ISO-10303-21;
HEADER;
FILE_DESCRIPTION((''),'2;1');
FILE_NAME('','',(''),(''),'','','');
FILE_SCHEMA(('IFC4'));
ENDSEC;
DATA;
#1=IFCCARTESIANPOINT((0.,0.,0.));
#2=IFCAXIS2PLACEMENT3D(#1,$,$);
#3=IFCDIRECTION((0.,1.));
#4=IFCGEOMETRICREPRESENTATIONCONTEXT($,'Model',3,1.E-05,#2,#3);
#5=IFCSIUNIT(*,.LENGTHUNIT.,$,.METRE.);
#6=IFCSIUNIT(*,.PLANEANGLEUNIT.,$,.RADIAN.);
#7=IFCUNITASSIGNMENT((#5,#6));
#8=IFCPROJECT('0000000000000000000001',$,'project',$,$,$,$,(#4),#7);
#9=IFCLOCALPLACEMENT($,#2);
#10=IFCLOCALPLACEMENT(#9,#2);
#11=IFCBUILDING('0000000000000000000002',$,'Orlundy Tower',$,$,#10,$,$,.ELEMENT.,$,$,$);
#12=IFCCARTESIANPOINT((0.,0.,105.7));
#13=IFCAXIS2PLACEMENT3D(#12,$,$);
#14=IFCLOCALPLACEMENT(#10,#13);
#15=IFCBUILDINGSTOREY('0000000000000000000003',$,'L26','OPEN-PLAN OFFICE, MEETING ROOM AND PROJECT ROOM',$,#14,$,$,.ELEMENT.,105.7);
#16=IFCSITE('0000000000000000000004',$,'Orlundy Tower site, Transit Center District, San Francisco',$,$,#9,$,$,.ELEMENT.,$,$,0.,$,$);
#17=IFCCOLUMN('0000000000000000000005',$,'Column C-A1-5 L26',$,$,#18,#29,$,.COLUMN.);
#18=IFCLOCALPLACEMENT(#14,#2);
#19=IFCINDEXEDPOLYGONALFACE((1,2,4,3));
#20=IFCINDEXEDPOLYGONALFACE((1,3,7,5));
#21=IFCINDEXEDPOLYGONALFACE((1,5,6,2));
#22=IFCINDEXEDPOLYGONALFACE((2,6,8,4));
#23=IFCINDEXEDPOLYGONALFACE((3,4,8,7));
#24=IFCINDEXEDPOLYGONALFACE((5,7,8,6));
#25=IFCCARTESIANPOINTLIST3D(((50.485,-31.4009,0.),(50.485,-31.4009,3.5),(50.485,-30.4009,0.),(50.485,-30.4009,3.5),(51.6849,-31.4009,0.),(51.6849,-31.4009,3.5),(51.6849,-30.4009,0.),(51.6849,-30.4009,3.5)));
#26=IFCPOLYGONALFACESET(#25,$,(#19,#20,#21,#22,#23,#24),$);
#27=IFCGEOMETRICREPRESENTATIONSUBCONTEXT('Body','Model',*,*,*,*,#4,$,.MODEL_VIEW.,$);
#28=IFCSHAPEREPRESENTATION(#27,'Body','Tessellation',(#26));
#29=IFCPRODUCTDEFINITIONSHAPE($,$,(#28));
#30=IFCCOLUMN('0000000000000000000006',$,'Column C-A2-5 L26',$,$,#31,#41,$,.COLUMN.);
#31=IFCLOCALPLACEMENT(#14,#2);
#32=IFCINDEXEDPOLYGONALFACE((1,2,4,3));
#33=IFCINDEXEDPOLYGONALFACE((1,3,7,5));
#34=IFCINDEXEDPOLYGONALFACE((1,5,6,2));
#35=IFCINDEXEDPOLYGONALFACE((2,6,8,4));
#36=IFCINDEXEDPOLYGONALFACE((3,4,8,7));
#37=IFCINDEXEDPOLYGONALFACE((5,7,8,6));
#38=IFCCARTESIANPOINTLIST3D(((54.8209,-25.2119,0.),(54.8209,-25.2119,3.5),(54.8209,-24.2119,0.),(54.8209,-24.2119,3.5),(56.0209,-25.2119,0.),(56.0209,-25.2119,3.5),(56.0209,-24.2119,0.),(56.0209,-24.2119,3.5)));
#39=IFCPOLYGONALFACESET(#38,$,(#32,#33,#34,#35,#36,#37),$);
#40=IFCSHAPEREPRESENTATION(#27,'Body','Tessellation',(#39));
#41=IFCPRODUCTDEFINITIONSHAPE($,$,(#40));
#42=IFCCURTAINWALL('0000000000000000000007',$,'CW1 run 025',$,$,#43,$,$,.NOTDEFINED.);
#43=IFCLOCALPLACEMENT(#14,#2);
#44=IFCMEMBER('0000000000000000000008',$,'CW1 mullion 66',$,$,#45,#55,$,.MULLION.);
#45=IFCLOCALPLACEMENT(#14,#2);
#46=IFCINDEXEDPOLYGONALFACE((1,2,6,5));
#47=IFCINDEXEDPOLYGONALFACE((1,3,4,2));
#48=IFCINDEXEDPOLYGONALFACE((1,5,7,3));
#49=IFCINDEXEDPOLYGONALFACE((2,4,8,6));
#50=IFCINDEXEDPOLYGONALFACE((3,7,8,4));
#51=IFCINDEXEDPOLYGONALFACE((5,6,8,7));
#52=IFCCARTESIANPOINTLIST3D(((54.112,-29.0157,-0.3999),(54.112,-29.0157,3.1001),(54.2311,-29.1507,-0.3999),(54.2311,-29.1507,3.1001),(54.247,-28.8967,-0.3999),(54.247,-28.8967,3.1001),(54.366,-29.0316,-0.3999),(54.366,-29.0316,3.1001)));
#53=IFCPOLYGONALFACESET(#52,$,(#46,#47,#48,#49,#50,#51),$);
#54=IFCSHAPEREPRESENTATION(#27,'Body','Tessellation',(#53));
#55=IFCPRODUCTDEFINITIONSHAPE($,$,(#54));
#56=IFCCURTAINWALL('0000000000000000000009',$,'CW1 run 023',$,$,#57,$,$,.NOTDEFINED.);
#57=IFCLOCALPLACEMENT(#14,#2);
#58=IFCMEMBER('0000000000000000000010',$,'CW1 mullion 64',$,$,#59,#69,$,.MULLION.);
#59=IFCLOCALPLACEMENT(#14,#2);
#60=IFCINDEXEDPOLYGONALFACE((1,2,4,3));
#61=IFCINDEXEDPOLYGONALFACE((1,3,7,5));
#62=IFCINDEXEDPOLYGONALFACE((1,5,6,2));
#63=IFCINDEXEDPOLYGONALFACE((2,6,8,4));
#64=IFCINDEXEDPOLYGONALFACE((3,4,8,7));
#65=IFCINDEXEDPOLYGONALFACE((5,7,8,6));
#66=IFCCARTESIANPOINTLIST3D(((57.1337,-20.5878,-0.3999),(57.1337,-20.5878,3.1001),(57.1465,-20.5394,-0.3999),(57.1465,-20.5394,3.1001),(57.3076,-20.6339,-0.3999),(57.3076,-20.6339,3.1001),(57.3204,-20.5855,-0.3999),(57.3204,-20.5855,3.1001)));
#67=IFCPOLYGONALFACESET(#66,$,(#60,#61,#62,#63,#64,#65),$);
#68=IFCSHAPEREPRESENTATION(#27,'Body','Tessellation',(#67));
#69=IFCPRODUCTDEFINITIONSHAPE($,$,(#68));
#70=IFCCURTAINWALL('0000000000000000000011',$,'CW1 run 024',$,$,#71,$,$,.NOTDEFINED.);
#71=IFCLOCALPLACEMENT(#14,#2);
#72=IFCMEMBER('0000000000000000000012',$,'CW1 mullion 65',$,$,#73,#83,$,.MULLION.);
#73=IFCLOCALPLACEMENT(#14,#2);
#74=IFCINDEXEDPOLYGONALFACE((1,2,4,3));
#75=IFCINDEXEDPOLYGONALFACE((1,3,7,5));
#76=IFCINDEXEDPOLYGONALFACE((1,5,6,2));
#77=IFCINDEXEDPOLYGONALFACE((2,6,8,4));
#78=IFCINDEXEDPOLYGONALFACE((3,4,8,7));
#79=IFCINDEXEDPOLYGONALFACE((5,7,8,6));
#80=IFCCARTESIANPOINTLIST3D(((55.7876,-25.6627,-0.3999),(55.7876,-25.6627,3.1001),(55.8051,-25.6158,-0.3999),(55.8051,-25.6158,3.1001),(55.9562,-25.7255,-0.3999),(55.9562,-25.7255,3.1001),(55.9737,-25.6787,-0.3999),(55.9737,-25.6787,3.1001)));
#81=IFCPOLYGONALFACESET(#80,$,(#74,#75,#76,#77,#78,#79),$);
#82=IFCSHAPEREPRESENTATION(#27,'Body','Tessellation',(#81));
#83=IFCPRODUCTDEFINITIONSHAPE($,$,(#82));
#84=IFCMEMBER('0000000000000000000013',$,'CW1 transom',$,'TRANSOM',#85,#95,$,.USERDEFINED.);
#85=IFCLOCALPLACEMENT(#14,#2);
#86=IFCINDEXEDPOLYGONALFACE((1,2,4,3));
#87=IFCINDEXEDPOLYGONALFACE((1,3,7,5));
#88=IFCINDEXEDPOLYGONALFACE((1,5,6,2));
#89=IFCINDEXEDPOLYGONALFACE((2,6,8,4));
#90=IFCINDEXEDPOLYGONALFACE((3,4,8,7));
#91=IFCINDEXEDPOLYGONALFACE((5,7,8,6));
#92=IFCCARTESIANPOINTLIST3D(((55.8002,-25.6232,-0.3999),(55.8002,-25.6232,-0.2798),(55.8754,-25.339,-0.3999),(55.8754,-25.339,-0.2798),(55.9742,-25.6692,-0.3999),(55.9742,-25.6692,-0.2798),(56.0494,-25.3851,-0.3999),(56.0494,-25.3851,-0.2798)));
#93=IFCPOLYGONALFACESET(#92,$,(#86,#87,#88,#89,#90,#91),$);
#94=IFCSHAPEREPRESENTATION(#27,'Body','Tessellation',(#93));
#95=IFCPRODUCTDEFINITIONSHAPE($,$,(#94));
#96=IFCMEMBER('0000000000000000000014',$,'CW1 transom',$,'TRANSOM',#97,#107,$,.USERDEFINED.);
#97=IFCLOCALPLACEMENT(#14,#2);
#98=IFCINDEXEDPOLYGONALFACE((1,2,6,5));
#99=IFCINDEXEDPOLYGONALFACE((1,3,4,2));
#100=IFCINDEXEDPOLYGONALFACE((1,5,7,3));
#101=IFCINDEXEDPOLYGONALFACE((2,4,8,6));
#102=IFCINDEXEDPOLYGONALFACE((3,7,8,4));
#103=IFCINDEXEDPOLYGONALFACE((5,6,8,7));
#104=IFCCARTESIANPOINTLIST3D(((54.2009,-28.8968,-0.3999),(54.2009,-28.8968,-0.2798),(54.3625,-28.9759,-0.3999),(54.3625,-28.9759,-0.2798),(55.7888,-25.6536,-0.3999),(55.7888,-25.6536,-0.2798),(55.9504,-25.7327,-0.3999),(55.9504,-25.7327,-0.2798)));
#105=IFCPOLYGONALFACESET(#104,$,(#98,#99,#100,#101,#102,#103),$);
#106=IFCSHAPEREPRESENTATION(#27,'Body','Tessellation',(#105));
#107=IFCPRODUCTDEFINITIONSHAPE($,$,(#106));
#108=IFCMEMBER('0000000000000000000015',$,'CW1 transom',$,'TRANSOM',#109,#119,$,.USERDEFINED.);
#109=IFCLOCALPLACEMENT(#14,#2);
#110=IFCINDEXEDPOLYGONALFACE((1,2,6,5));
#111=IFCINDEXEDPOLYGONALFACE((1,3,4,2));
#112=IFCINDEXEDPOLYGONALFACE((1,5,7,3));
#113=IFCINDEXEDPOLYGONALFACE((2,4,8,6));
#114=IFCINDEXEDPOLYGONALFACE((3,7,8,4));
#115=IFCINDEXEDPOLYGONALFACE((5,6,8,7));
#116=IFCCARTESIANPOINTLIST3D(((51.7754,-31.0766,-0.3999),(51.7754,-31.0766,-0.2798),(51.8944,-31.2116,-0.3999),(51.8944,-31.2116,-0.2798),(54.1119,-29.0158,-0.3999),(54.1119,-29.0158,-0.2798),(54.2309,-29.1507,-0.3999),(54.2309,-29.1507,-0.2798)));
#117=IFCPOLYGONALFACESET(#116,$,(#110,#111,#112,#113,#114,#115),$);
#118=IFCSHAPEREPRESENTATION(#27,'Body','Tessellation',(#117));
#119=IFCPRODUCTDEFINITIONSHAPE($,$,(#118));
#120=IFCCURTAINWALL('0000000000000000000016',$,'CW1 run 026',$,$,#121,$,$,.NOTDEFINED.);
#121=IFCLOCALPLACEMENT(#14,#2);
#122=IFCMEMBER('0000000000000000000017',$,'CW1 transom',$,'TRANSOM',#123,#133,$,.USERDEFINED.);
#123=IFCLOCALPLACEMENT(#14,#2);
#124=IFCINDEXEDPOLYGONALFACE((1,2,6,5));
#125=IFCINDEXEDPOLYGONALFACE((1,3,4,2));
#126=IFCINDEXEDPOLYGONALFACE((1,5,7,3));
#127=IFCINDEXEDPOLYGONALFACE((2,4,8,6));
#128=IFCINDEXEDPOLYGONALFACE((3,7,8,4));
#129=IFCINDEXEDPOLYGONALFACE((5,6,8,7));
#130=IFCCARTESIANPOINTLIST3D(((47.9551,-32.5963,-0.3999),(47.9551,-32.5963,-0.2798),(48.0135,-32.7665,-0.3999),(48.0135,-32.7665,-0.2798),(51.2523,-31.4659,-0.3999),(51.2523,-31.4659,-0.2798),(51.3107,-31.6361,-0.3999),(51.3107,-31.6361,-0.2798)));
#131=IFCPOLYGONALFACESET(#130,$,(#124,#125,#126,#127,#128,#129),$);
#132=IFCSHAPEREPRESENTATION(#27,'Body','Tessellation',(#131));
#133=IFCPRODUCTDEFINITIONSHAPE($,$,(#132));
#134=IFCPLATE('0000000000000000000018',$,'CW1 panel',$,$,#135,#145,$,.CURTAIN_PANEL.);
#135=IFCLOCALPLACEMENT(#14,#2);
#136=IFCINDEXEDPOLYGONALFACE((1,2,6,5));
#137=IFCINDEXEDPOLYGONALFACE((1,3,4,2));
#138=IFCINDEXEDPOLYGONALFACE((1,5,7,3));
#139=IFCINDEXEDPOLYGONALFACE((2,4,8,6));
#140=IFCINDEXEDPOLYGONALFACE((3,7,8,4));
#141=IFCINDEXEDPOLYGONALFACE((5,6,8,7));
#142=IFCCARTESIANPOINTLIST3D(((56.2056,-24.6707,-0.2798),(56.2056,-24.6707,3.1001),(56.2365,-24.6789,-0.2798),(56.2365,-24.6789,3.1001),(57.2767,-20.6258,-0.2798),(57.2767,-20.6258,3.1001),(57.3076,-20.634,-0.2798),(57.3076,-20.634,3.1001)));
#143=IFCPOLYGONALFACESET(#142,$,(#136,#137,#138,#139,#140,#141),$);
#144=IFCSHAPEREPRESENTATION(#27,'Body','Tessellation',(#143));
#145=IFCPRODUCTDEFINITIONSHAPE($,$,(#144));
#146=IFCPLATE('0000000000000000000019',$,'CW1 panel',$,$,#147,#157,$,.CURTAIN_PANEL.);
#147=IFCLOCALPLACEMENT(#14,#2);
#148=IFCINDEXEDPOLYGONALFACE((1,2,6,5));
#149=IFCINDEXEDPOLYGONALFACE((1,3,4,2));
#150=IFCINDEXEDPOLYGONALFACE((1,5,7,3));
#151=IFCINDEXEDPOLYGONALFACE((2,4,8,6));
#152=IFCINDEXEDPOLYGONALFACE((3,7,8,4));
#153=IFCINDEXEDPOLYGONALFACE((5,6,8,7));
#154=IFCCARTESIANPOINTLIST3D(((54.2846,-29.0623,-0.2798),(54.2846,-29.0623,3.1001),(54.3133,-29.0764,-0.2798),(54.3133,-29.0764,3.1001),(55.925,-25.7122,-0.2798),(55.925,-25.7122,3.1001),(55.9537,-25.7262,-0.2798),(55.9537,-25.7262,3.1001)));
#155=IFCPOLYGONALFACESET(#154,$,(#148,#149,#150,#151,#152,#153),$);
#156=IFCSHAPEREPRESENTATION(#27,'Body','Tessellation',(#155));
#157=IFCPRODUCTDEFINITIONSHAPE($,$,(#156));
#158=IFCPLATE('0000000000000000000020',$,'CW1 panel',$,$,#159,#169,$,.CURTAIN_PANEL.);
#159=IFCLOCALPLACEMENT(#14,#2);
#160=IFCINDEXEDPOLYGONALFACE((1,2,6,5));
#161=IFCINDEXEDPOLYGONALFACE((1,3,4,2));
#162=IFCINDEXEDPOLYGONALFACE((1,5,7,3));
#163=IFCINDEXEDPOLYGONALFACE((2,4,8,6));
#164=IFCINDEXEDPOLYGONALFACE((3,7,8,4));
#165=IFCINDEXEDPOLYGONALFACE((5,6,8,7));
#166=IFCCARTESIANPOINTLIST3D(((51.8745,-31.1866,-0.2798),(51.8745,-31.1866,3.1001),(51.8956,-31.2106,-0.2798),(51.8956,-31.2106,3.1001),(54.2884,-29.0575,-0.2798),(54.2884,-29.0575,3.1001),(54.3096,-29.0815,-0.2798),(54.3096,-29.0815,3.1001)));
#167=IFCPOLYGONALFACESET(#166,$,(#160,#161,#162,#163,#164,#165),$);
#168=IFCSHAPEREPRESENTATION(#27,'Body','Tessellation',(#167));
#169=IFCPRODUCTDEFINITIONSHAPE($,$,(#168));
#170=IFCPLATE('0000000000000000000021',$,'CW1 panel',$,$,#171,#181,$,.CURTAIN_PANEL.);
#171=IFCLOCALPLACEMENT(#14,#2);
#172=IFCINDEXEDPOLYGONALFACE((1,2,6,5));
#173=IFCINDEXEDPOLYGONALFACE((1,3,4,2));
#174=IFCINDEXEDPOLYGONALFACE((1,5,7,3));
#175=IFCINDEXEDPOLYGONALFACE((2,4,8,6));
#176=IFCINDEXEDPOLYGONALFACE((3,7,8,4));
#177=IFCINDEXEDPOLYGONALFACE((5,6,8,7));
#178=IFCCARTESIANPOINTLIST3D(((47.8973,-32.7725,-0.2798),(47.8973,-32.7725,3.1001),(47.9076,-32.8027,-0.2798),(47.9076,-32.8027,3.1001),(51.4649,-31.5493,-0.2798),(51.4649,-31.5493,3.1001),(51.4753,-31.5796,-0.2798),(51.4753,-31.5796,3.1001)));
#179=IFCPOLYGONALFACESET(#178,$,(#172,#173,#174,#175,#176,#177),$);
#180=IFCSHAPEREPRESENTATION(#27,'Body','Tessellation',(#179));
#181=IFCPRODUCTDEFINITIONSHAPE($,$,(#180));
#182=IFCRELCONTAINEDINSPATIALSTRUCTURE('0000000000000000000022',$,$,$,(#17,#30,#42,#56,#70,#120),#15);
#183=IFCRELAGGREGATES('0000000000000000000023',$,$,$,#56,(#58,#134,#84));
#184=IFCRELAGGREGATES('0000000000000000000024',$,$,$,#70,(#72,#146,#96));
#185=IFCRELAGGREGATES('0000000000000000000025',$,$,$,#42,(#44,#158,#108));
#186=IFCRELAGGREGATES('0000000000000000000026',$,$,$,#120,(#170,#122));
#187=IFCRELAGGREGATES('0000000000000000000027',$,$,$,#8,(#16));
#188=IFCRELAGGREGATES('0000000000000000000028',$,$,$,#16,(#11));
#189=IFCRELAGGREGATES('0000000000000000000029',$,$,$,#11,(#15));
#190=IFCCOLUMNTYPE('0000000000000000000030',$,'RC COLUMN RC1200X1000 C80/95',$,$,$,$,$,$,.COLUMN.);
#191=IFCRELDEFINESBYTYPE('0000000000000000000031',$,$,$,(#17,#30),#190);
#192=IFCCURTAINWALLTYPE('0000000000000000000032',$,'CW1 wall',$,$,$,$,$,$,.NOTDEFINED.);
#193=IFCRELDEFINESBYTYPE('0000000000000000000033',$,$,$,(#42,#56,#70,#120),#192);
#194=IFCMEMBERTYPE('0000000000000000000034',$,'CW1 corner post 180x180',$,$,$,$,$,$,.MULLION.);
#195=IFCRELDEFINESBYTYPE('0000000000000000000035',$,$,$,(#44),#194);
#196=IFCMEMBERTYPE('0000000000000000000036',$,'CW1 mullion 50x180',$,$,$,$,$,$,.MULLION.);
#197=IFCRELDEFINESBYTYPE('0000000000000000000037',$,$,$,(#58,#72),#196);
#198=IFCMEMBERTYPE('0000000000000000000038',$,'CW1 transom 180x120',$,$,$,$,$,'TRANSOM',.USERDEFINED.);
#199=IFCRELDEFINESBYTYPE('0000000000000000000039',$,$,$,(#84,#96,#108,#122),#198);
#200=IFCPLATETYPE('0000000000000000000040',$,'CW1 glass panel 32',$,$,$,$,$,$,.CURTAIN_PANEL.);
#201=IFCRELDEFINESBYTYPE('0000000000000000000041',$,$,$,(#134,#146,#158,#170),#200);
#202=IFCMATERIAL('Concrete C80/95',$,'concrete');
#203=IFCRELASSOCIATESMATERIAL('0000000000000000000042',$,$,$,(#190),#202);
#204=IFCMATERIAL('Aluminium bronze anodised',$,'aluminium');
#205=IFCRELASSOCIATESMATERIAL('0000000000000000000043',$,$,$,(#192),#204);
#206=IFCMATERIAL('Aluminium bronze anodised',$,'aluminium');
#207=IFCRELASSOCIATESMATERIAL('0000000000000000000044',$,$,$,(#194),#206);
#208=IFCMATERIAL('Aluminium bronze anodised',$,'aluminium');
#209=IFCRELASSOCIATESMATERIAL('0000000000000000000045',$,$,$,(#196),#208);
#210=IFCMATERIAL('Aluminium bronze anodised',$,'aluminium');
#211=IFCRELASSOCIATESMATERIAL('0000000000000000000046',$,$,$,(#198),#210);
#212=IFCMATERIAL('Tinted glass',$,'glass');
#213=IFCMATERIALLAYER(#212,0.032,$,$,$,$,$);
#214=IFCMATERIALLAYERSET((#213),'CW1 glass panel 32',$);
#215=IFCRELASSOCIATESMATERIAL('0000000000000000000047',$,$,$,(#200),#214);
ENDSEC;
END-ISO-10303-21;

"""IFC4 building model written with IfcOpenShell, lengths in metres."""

from ifc_helpers import new_model, si_unit, direction, frame, origin, origin_2d, place, context, subcontext, project, spatial, rectangle, extrude, material, layer, layer_set, material_profile, profile_set, type_object, element, aggregate, save


model = new_model("IFC4")

# Units and contexts
model_context = context("Model", 3, precision=1e-05, world=origin(), true_north=direction((0.0, 1.0)))
body_context = subcontext(model_context, "Body", "Model", "MODEL_VIEW")
ifc_project = project(units=[si_unit("LENGTHUNIT", "METRE"), si_unit("PLANEANGLEUNIT", "RADIAN")], contexts=[model_context])

# Site, building, storey
site_placement = place(None, origin())
site = spatial("IfcSite", under=ifc_project, at=site_placement, Name="Orlundy Tower site, Transit Center District, San Francisco", CompositionType="ELEMENT", RefElevation=0.0)
building_placement = place(site_placement, origin())
building = spatial("IfcBuilding", under=site, at=building_placement, Name="Orlundy Tower", CompositionType="ELEMENT")
storey_placement = place(building_placement, frame((0.0, 0.0, 105.7)))
storey = spatial("IfcBuildingStorey", under=building, at=storey_placement, Name="L26", Description="OPEN-PLAN OFFICE, MEETING ROOM AND PROJECT ROOM", CompositionType="ELEMENT", Elevation=105.7)

# Columns
ifc_material_1 = material(Name="Concrete C80/95", Category="concrete")
ifc_material_profile_1 = material_profile(ifc_material_1, rectangle(XDim=1.2, YDim=1.0, at=origin_2d()), Name="RC1200X1000")
ifc_profile_set_1 = profile_set([ifc_material_profile_1], Name="Concrete C80/95")
column_type = type_object("IfcColumnType", Name="RC COLUMN RC1200X1000 C80/95", PredefinedType="COLUMN", material=ifc_profile_set_1)
for number, where, z_axis, x_axis, name in (
    (1, (51.085, -30.9009, 0.0), (0.0, 0.0, 1.0), (1.0, 0.0, 0.0), "Column C-A1-5 L26"),
    (2, (55.4209, -24.7119, 0.0), (0.0, 0.0, 1.0), (1.0, 0.0, 0.0), "Column C-A2-5 L26"),
):
    element("IfcColumn", number, at=place(storey_placement, frame(where, z_axis=z_axis, x_axis=x_axis)), inside=storey, type_object=column_type, Name=name, PredefinedType="COLUMN", context=body_context, shape_type="SweptSolid", body=[
        extrude(rectangle(XDim=1.2, YDim=1.0, at=origin_2d()), origin(), (0.0, 0.0, 1.0), 3.5),
    ])

# Curtain walls, members
ifc_material_2 = material(Name="Aluminium bronze anodised", Category="aluminium")
curtain_wall_type = type_object("IfcCurtainWallType", Name="CW1 wall", PredefinedType="NOTDEFINED", material=ifc_material_2)
curtain_wall_1_placement = place(storey_placement, origin())
curtain_wall_1 = element("IfcCurtainWall", 3, at=curtain_wall_1_placement, inside=storey, type_object=curtain_wall_type, Name="CW1 run 025", PredefinedType="NOTDEFINED")
ifc_material_3 = material(Name="Aluminium bronze anodised", Category="aluminium")
ifc_material_profile_2 = material_profile(ifc_material_3, rectangle(XDim=0.1799, YDim=0.1799, at=origin_2d()), Name="CW1 corner post 180x180")
ifc_profile_set_2 = profile_set([ifc_material_profile_2], Name="Aluminium bronze anodised")
member_type_1 = type_object("IfcMemberType", Name="CW1 corner post 180x180", PredefinedType="MULLION", material=ifc_profile_set_2)
member_1_placement = place(storey_placement, frame((54.239, -29.0237, -0.3999), z_axis=(0.0, 0.0, 1.0), x_axis=(0.661479, -0.749964, 0.0)))
member_1 = element("IfcMember", 4, at=member_1_placement, type_object=member_type_1, Name="CW1 mullion 66", PredefinedType="MULLION", context=body_context, shape_type="SweptSolid", body=[
    extrude(rectangle(XDim=0.1799, YDim=0.1799, at=origin_2d()), origin(), (0.0, 0.0, 1.0), 3.5),
])
curtain_wall_2_placement = place(storey_placement, origin())
curtain_wall_2 = element("IfcCurtainWall", 5, at=curtain_wall_2_placement, inside=storey, type_object=curtain_wall_type, Name="CW1 run 023", PredefinedType="NOTDEFINED")
ifc_material_4 = material(Name="Aluminium bronze anodised", Category="aluminium")
ifc_material_profile_3 = material_profile(ifc_material_4, rectangle(XDim=0.1799, YDim=0.05, at=origin_2d()), Name="CW1 mullion 50x180")
ifc_profile_set_3 = profile_set([ifc_material_profile_3], Name="Aluminium bronze anodised")
member_type_2 = type_object("IfcMemberType", Name="CW1 mullion 50x180", PredefinedType="MULLION", material=ifc_profile_set_3)
member_2_placement = place(storey_placement, frame((57.2271, -20.5867, -0.3999), z_axis=(0.0, 0.0, 1.0), x_axis=(0.966679, -0.255991, 0.0)))
member_2 = element("IfcMember", 6, at=member_2_placement, type_object=member_type_2, Name="CW1 mullion 64", PredefinedType="MULLION", context=body_context, shape_type="SweptSolid", body=[
    extrude(rectangle(XDim=0.1799, YDim=0.05, at=origin_2d()), origin(), (0.0, 0.0, 1.0), 3.5),
])
curtain_wall_3_placement = place(storey_placement, origin())
curtain_wall_3 = element("IfcCurtainWall", 7, at=curtain_wall_3_placement, inside=storey, type_object=curtain_wall_type, Name="CW1 run 024", PredefinedType="NOTDEFINED")
member_3_placement = place(storey_placement, frame((55.8806, -25.6707, -0.3999), z_axis=(0.0, 0.0, 1.0), x_axis=(0.936915, -0.349556, 0.0)))
member_3 = element("IfcMember", 8, at=member_3_placement, type_object=member_type_2, Name="CW1 mullion 65", PredefinedType="MULLION", context=body_context, shape_type="SweptSolid", body=[
    extrude(rectangle(XDim=0.1799, YDim=0.05, at=origin_2d()), origin(), (0.0, 0.0, 1.0), 3.5),
])

# Members
ifc_material_5 = material(Name="Aluminium bronze anodised", Category="aluminium")
ifc_material_profile_4 = material_profile(ifc_material_5, rectangle(XDim=0.1799, YDim=0.1201, at=origin_2d()), Name="CW1 transom 180x120")
ifc_profile_set_4 = profile_set([ifc_material_profile_4], Name="Aluminium bronze anodised")
member_type_3 = type_object("IfcMemberType", Name="CW1 transom 180x120", ElementType="TRANSOM", PredefinedType="USERDEFINED", material=ifc_profile_set_4)
member_4_placement = place(storey_placement, frame((55.9624, -25.3621, -0.3398), z_axis=(-0.255801, -0.966729, 0.0), x_axis=(0.966729, -0.255801, 0.0)))
member_4 = element("IfcMember", 9, at=member_4_placement, type_object=member_type_3, Name="CW1 transom", ObjectType="TRANSOM", PredefinedType="USERDEFINED", context=body_context, shape_type="SweptSolid", body=[
    extrude(rectangle(XDim=0.1799, YDim=0.1201, at=origin_2d()), origin(), (0.0, 0.0, 1.0), 0.2939),
])
member_5_placement = place(storey_placement, frame((55.8696, -25.6931, -0.3398), z_axis=(-0.439734, -0.898128, 0.0), x_axis=(0.898128, -0.439734, 0.0)))
member_5 = element("IfcMember", 10, at=member_5_placement, type_object=member_type_3, Name="CW1 transom", ObjectType="TRANSOM", PredefinedType="USERDEFINED", context=body_context, shape_type="SweptSolid", body=[
    extrude(rectangle(XDim=0.1799, YDim=0.1201, at=origin_2d()), origin(), (0.0, 0.0, 1.0), 3.6111),
])
member_6_placement = place(storey_placement, frame((54.1714, -29.0833, -0.3398), z_axis=(-0.749959, -0.661484, 0.0), x_axis=(0.661484, -0.749959, 0.0)))
member_6 = element("IfcMember", 11, at=member_6_placement, type_object=member_type_3, Name="CW1 transom", ObjectType="TRANSOM", PredefinedType="USERDEFINED", context=body_context, shape_type="SweptSolid", body=[
    extrude(rectangle(XDim=0.1799, YDim=0.1201, at=origin_2d()), origin(), (0.0, 0.0, 1.0), 3.1155),
])

# Curtain wall, member
curtain_wall_4_placement = place(storey_placement, origin())
curtain_wall_4 = element("IfcCurtainWall", 12, at=curtain_wall_4_placement, inside=storey, type_object=curtain_wall_type, Name="CW1 run 026", PredefinedType="NOTDEFINED")
member_7_placement = place(storey_placement, frame((51.2815, -31.551, -0.3398), z_axis=(-0.945952, -0.324306, 0.0), x_axis=(0.324306, -0.945952, 0.0)))
member_7 = element("IfcMember", 13, at=member_7_placement, type_object=member_type_3, Name="CW1 transom", ObjectType="TRANSOM", PredefinedType="USERDEFINED", context=body_context, shape_type="SweptSolid", body=[
    extrude(rectangle(XDim=0.1799, YDim=0.1201, at=origin_2d()), origin(), (0.0, 0.0, 1.0), 3.4856),
])

# Plates
ifc_material_6 = material(Name="Tinted glass", Category="glass")
ifc_layer = layer(ifc_material_6, 0.032)
ifc_layer_set = layer_set([ifc_layer], Name="CW1 glass panel 32")
plate_type = type_object("IfcPlateType", Name="CW1 glass panel 32", PredefinedType="CURTAIN_PANEL", material=ifc_layer_set)
plate_1_placement = place(storey_placement, frame((56.7566, -22.6523, -0.2798), z_axis=(0.0, 0.0, 1.0), x_axis=(-0.255991, -0.966679, 0.0)))
plate_1 = element("IfcPlate", 14, at=plate_1_placement, type_object=plate_type, Name="CW1 panel", PredefinedType="CURTAIN_PANEL", context=body_context, shape_type="SweptSolid", body=[
    extrude(rectangle(XDim=4.1843, YDim=0.032, at=origin_2d()), origin(), (0.0, 0.0, 1.0), 3.3799),
])
aggregate(curtain_wall_2, [member_2, plate_1, member_4])
plate_2_placement = place(storey_placement, frame((55.1191, -27.3943, -0.2798), z_axis=(0.0, 0.0, 1.0), x_axis=(-0.439752, -0.898119, 0.0)))
plate_2 = element("IfcPlate", 15, at=plate_2_placement, type_object=plate_type, Name="CW1 panel", PredefinedType="CURTAIN_PANEL", context=body_context, shape_type="SweptSolid", body=[
    extrude(rectangle(XDim=3.7302, YDim=0.032, at=origin_2d()), origin(), (0.0, 0.0, 1.0), 3.3799),
])
aggregate(curtain_wall_3, [member_3, plate_2, member_5])
plate_3_placement = place(storey_placement, frame((53.092, -30.134, -0.2798), z_axis=(0.0, 0.0, 1.0), x_axis=(-0.749964, -0.661479, 0.0)))
plate_3 = element("IfcPlate", 16, at=plate_3_placement, type_object=plate_type, Name="CW1 panel", PredefinedType="CURTAIN_PANEL", context=body_context, shape_type="SweptSolid", body=[
    extrude(rectangle(XDim=3.2188, YDim=0.032, at=origin_2d()), origin(), (0.0, 0.0, 1.0), 3.3799),
])
aggregate(curtain_wall_1, [member_1, plate_3, member_6])
plate_4_placement = place(storey_placement, frame((49.6863, -32.176, -0.2798), z_axis=(0.0, 0.0, 1.0), x_axis=(-0.945951, -0.324311, 0.0)))
plate_4 = element("IfcPlate", 17, at=plate_4_placement, type_object=plate_type, Name="CW1 panel", PredefinedType="CURTAIN_PANEL", context=body_context, shape_type="SweptSolid", body=[
    extrude(rectangle(XDim=3.7715, YDim=0.032, at=origin_2d()), origin(), (0.0, 0.0, 1.0), 3.3799),
])
aggregate(curtain_wall_4, [plate_4, member_7])

save(model, "model.ifc")
